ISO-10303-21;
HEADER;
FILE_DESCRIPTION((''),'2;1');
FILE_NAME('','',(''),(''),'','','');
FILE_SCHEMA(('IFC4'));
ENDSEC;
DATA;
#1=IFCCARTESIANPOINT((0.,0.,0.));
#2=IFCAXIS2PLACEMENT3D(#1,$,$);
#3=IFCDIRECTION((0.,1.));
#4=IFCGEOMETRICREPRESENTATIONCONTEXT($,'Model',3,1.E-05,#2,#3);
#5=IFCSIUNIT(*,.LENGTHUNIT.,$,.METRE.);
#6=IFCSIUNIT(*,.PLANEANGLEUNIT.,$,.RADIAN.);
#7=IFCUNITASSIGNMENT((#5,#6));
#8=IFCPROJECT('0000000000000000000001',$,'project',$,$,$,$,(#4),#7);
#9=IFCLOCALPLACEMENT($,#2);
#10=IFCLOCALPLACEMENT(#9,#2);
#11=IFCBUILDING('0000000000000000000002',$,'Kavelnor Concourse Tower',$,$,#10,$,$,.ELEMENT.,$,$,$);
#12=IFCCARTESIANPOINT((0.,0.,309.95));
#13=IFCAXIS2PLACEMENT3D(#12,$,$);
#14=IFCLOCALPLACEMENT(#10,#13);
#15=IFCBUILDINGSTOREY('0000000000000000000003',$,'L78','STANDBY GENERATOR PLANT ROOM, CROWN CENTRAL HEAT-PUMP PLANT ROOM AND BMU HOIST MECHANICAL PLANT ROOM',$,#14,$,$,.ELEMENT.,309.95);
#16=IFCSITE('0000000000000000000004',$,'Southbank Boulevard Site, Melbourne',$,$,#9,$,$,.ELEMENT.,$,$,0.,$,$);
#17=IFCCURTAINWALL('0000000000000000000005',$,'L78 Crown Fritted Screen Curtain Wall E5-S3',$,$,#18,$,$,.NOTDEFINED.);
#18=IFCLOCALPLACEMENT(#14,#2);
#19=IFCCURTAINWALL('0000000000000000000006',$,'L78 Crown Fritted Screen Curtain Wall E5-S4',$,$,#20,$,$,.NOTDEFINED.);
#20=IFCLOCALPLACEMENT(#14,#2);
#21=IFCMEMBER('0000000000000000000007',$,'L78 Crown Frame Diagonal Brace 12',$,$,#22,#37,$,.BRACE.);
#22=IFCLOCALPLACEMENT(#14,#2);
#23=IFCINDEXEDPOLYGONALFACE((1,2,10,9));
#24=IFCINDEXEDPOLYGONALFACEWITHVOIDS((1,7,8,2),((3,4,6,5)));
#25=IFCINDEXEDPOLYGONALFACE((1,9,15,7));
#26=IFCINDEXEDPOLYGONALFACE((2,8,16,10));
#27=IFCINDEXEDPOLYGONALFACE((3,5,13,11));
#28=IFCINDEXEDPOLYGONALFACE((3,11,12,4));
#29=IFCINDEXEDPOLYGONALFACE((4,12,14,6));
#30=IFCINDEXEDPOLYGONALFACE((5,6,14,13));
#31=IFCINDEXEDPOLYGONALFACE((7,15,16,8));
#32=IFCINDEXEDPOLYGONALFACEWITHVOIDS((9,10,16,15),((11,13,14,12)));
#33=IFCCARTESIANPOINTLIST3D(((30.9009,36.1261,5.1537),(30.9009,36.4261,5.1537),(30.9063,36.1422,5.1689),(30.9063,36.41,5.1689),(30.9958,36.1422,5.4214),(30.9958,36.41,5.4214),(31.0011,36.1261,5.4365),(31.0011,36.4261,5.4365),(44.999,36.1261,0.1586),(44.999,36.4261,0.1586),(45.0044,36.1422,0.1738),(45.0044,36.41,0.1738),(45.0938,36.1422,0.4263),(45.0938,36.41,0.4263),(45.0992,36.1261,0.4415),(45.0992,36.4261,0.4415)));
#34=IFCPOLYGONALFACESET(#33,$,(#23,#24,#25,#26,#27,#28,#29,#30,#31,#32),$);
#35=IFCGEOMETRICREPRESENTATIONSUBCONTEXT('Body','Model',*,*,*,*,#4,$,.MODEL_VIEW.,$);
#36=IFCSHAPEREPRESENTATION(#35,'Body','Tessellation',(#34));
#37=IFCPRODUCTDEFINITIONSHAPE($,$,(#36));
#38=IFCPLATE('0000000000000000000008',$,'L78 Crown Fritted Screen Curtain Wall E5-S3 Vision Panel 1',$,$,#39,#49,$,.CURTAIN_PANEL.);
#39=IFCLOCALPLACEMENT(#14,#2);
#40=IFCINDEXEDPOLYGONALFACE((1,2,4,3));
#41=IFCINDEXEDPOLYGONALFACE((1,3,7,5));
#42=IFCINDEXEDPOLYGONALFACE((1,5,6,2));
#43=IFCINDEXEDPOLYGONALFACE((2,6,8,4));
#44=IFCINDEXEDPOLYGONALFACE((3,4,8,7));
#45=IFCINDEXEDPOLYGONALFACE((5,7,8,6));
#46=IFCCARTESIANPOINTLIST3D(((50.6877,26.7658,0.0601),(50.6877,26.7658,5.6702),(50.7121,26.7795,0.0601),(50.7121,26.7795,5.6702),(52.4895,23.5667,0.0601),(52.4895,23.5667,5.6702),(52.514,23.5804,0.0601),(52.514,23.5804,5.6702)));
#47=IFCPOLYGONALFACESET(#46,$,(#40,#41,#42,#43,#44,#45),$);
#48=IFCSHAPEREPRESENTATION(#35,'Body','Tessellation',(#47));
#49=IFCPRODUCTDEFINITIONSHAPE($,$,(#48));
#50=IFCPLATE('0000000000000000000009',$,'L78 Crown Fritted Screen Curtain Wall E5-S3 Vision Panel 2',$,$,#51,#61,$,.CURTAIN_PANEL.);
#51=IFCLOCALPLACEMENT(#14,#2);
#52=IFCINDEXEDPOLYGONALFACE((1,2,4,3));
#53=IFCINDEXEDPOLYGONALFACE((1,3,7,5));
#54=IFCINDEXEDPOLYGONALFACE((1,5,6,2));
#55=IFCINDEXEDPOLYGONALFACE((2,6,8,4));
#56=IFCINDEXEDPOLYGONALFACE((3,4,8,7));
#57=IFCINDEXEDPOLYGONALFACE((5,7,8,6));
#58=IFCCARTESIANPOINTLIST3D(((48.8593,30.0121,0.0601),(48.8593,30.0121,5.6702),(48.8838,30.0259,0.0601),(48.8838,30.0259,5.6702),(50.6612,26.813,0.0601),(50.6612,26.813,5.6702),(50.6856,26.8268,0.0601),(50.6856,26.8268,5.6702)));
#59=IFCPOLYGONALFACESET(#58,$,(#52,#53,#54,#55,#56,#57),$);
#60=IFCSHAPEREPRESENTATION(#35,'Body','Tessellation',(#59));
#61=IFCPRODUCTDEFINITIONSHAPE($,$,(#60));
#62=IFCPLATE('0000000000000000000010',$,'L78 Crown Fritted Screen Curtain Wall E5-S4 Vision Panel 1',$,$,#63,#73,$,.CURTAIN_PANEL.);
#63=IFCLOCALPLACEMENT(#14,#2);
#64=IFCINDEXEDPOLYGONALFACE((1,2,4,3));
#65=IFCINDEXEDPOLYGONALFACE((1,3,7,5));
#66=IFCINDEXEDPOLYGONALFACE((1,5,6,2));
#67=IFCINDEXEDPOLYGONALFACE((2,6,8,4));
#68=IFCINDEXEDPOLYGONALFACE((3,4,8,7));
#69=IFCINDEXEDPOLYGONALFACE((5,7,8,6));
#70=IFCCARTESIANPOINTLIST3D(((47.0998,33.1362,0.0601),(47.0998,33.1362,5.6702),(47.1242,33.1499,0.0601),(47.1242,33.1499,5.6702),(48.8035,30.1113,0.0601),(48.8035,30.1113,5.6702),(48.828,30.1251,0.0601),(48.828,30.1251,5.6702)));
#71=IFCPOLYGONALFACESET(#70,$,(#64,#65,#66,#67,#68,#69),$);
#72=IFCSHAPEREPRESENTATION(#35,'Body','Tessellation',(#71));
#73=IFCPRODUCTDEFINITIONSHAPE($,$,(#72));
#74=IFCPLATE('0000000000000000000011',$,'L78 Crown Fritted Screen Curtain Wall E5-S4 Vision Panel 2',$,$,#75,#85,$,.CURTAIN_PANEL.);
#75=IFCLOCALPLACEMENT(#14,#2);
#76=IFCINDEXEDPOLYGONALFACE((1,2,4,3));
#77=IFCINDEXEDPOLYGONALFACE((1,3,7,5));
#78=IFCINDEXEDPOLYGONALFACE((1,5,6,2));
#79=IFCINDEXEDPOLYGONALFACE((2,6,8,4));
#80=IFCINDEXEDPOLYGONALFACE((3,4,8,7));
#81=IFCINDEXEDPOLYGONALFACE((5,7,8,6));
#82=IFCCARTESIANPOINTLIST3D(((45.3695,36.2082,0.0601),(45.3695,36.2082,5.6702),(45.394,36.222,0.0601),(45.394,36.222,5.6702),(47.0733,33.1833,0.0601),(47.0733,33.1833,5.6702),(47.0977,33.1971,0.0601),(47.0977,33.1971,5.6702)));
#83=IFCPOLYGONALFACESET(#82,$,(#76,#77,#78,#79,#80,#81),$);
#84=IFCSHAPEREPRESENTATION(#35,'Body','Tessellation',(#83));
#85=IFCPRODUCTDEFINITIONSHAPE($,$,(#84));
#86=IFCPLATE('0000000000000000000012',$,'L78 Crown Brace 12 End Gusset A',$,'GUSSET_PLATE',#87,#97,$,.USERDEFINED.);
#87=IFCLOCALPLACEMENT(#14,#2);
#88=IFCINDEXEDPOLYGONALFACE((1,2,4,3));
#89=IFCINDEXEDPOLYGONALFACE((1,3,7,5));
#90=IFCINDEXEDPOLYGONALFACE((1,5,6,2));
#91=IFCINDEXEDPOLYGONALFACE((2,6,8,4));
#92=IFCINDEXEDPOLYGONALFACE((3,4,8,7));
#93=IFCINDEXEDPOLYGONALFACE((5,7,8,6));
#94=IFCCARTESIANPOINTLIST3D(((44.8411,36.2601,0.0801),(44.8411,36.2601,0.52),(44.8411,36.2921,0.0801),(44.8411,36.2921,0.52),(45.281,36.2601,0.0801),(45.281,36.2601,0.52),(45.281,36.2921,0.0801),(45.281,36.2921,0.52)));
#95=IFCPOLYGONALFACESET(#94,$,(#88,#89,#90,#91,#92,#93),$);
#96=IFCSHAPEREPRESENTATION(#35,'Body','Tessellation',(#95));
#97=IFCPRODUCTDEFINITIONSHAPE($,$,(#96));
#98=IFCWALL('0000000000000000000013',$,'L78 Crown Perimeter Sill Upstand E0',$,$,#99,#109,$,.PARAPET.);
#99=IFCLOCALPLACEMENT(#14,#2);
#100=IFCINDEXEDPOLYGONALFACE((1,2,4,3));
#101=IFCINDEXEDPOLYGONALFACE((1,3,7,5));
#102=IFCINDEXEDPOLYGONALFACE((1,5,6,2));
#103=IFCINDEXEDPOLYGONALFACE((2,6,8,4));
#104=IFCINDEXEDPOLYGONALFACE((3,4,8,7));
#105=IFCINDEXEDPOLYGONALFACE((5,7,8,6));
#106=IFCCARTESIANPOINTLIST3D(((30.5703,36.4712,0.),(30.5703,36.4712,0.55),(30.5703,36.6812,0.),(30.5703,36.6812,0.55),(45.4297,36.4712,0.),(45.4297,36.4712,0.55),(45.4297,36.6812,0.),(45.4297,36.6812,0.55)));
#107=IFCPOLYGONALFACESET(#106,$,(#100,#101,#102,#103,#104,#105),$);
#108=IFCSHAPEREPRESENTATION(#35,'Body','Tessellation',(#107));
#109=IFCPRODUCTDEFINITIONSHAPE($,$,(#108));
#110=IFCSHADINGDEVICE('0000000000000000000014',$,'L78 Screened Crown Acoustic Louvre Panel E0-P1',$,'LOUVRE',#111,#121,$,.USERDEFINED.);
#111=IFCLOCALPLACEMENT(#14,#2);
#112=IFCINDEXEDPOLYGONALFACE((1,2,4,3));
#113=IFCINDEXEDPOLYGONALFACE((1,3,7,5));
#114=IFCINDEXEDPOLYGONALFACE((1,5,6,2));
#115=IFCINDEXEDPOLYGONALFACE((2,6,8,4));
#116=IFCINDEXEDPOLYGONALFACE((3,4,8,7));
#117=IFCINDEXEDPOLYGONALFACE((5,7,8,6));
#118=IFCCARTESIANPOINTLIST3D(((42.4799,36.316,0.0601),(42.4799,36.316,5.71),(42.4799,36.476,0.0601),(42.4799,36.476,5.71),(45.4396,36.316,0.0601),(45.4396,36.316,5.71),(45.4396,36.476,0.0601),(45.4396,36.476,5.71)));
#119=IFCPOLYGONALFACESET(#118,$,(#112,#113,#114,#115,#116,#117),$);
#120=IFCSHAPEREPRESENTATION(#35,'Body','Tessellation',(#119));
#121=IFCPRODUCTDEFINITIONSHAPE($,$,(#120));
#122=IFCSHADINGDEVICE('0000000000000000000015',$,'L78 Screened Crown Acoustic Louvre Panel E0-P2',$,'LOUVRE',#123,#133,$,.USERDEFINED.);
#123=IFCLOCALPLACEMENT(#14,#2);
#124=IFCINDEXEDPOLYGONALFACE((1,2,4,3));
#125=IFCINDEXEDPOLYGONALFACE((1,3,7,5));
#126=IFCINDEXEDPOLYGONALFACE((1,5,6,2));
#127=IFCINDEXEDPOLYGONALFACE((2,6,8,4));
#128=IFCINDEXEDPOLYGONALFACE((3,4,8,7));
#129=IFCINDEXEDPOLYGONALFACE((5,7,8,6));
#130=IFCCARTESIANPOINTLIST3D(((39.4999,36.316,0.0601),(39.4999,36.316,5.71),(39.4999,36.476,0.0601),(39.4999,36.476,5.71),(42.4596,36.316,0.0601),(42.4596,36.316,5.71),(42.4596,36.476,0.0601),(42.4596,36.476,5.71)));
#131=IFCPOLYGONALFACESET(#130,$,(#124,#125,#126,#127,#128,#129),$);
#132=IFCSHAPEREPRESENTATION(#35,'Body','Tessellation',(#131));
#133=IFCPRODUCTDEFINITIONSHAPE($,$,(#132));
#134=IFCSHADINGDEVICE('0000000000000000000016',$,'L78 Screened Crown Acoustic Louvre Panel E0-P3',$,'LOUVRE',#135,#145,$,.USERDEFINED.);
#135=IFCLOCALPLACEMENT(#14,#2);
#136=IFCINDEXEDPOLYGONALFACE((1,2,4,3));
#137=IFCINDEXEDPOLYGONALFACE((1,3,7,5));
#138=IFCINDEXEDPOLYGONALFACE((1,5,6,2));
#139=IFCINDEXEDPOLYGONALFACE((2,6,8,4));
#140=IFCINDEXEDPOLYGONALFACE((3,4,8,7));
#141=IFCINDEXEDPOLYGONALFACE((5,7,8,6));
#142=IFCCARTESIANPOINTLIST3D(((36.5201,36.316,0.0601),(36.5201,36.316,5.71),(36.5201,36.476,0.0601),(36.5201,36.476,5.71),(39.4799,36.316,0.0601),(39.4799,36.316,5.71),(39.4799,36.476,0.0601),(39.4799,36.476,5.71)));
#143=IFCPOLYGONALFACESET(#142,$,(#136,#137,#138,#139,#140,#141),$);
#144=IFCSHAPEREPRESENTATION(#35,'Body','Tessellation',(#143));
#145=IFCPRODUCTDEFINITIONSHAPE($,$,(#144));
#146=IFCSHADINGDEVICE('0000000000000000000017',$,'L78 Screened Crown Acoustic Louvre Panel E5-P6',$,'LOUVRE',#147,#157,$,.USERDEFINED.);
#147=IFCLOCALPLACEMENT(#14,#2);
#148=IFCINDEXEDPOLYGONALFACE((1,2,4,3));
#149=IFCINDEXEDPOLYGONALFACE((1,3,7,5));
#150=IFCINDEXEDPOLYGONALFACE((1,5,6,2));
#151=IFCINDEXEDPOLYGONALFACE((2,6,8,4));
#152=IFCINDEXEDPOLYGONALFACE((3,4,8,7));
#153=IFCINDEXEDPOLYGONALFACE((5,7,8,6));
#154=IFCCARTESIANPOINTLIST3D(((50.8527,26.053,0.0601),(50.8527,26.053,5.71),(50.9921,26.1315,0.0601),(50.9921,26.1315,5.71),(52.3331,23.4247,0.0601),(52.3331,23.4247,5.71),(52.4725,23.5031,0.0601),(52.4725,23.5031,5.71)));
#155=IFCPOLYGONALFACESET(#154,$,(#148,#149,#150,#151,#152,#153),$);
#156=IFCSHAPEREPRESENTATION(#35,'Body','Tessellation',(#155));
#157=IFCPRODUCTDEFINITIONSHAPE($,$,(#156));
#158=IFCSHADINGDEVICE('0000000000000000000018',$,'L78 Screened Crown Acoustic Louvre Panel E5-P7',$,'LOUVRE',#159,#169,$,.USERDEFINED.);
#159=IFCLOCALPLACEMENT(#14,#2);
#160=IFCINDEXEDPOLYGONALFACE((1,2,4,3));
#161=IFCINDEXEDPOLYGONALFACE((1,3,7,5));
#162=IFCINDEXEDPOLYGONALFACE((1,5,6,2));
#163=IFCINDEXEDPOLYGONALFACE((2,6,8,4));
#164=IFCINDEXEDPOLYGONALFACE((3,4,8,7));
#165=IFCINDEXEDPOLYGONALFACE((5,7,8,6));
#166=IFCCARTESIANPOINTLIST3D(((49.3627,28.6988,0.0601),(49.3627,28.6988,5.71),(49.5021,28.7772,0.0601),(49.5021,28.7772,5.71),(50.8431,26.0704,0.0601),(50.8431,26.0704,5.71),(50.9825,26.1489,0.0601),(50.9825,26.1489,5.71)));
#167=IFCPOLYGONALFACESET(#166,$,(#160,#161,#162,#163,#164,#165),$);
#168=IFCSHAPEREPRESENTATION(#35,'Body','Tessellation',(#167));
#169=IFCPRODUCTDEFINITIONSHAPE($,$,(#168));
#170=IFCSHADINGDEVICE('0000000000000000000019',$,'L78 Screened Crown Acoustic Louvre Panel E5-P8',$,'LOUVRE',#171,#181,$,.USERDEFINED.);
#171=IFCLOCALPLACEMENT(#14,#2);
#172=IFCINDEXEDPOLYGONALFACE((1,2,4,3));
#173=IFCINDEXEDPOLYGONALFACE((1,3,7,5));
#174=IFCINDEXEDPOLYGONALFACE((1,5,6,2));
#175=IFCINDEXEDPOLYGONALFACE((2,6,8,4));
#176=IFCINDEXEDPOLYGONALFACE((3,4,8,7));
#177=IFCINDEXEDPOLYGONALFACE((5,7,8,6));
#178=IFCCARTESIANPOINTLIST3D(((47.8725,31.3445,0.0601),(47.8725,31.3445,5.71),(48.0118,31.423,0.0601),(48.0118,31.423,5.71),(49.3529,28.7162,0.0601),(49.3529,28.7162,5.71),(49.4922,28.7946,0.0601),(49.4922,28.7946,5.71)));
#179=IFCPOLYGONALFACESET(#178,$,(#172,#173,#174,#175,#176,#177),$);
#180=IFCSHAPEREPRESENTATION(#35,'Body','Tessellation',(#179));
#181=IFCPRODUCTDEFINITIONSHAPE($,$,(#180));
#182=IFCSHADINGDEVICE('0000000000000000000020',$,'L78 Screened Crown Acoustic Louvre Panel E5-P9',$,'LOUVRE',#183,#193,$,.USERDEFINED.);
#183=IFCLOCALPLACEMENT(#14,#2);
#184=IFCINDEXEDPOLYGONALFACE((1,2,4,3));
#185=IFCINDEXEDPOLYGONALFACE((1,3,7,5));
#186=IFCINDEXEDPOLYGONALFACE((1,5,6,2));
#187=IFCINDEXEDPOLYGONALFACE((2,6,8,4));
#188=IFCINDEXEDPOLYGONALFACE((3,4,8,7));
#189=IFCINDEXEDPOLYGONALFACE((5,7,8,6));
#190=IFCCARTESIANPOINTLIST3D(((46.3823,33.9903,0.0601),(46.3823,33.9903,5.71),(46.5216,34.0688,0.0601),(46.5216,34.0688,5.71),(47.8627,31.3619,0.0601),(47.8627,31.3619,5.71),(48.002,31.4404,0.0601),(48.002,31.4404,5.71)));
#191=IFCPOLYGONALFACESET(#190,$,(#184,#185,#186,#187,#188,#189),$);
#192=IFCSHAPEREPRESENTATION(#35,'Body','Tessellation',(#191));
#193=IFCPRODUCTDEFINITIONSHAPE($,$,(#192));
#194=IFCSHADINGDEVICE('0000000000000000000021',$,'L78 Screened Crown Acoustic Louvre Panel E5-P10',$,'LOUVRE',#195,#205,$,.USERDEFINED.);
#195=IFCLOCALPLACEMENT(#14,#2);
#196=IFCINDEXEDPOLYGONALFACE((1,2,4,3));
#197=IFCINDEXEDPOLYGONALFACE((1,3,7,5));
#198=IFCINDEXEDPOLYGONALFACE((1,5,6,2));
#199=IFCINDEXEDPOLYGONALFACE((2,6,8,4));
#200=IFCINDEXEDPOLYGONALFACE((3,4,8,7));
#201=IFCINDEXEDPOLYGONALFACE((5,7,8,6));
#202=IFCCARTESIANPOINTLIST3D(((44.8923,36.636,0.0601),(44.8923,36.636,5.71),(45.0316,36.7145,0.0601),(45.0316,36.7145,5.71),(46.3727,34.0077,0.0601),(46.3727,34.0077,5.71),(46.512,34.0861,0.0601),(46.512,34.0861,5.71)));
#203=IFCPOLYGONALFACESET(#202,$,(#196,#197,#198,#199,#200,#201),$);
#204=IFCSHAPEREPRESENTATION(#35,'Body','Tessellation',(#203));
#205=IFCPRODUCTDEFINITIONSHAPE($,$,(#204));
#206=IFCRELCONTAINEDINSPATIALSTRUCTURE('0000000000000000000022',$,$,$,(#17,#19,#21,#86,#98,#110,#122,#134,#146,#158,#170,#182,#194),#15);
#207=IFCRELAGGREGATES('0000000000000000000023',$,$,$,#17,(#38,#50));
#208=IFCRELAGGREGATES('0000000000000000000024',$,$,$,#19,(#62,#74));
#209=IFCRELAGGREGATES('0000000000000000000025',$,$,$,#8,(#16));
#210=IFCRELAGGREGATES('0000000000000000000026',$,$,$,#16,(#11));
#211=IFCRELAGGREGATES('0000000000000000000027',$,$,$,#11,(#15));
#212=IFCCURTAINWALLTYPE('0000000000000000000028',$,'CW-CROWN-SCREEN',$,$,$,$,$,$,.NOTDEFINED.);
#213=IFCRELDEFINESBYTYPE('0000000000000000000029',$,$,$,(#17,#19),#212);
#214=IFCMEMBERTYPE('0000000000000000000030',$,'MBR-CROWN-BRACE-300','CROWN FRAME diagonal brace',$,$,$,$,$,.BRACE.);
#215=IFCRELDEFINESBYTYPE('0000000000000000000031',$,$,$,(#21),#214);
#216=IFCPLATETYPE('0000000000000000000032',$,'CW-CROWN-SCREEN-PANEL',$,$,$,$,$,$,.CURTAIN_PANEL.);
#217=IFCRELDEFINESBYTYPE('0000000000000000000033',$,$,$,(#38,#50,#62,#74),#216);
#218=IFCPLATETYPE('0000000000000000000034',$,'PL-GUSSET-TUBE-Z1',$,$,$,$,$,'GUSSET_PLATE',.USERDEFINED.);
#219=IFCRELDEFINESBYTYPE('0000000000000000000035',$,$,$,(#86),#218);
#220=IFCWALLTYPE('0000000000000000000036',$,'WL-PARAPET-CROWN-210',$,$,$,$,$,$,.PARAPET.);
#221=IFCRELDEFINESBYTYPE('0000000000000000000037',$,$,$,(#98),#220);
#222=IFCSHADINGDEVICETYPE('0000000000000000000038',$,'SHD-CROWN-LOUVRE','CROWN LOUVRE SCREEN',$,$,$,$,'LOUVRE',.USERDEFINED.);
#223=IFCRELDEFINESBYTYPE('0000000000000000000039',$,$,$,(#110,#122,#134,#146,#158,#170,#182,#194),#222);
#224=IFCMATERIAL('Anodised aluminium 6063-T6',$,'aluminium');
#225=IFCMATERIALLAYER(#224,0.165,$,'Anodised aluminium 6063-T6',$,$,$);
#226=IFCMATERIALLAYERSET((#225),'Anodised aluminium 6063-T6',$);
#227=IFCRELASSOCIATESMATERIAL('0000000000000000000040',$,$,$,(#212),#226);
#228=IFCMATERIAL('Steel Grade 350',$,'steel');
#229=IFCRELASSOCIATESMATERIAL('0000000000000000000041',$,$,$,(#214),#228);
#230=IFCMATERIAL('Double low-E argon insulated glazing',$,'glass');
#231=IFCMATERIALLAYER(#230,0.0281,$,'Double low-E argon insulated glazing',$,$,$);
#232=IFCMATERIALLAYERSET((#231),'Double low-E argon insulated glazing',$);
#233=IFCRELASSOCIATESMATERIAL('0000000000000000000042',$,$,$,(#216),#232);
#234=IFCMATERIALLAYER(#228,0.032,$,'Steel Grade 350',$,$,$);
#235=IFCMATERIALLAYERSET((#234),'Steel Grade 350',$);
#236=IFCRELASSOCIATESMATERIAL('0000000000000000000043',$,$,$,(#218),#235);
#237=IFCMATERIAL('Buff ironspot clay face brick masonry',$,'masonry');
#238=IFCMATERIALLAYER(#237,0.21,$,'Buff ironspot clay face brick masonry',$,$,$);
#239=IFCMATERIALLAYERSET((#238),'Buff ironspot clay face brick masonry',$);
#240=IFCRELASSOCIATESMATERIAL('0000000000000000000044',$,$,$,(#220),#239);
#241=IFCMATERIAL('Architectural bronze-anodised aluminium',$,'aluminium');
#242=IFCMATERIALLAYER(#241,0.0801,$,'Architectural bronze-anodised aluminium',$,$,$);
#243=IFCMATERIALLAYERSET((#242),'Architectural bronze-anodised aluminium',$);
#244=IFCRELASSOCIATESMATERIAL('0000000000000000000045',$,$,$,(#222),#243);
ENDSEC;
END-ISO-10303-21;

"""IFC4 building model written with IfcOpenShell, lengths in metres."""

from ifc_helpers import new_model, si_unit, direction, frame, frame_2d, origin, origin_2d, place, context, subcontext, project, spatial, rectangle, hollow_rectangle, extrude, material, layer, layer_set, material_profile, profile_set, type_object, element, aggregate, save


model = new_model("IFC4")

# Units and contexts
model_context = context("Model", 3, precision=1e-05, world=origin(), true_north=direction((0.0, 1.0)))
body_context = subcontext(model_context, "Body", "Model", "MODEL_VIEW")
ifc_project = project(units=[si_unit("LENGTHUNIT", "METRE"), si_unit("PLANEANGLEUNIT", "RADIAN")], contexts=[model_context])

# Site, building, storey
site_placement = place(None, origin())
site = spatial("IfcSite", under=ifc_project, at=site_placement, Name="Southbank Boulevard Site, Melbourne", CompositionType="ELEMENT", RefElevation=0.0)
building_placement = place(site_placement, origin())
building = spatial("IfcBuilding", under=site, at=building_placement, Name="Kavelnor Concourse Tower", CompositionType="ELEMENT")
storey_placement = place(building_placement, frame((0.0, 0.0, 309.95)))
storey = spatial("IfcBuildingStorey", under=building, at=storey_placement, Name="L78", Description="STANDBY GENERATOR PLANT ROOM, CROWN CENTRAL HEAT-PUMP PLANT ROOM AND BMU HOIST MECHANICAL PLANT ROOM", CompositionType="ELEMENT", Elevation=309.95)

# Shared definitions
ifc_material_1 = material(Name="Steel Grade 350", Category="steel")

# Curtain walls
ifc_material_2 = material(Name="Anodised aluminium 6063-T6", Category="aluminium")
ifc_layer_1 = layer(ifc_material_2, 0.165, Name="Anodised aluminium 6063-T6")
ifc_layer_set_1 = layer_set([ifc_layer_1], Name="Anodised aluminium 6063-T6")
curtain_wall_type = type_object("IfcCurtainWallType", Name="CW-CROWN-SCREEN", PredefinedType="NOTDEFINED", material=ifc_layer_set_1)
curtain_wall_1_placement = place(storey_placement, origin())
curtain_wall_1 = element("IfcCurtainWall", 1, at=curtain_wall_1_placement, inside=storey, type_object=curtain_wall_type, Name="L78 Crown Fritted Screen Curtain Wall E5-S3", PredefinedType="NOTDEFINED")
curtain_wall_2_placement = place(storey_placement, origin())
curtain_wall_2 = element("IfcCurtainWall", 2, at=curtain_wall_2_placement, inside=storey, type_object=curtain_wall_type, Name="L78 Crown Fritted Screen Curtain Wall E5-S4", PredefinedType="NOTDEFINED")

# Member
ifc_material_profile_1 = material_profile(ifc_material_1, hollow_rectangle(XDim=0.3, YDim=0.3, WallThickness=0.0161, at=origin_2d()), Name="SHS 300x300x16")
ifc_profile_set_1 = profile_set([ifc_material_profile_1], Name="Steel Grade 350")
member_type_1 = type_object("IfcMemberType", Name="MBR-CROWN-BRACE-300", Description="CROWN FRAME diagonal brace", PredefinedType="BRACE", material=ifc_profile_set_1)
member_1_placement = place(storey_placement, frame((45.0491, 36.2761, 0.3), z_axis=(-0.942585, 0.0, 0.333967), x_axis=(0.0, -1.0, 0.0)))
element("IfcMember", 3, at=member_1_placement, inside=storey, type_object=member_type_1, Name="L78 Crown Frame Diagonal Brace 12", PredefinedType="BRACE", context=body_context, shape_type="SweptSolid", body=[
    extrude(hollow_rectangle(XDim=0.3, YDim=0.3, WallThickness=0.0161, at=origin_2d()), origin(), (0.0, 0.0, 1.0), 14.9568),
])

# Plates
ifc_material_3 = material(Name="Double low-E argon insulated glazing", Category="glass")
ifc_layer_2 = layer(ifc_material_3, 0.0281, Name="Double low-E argon insulated glazing")
ifc_layer_set_2 = layer_set([ifc_layer_2], Name="Double low-E argon insulated glazing")
plate_type_1 = type_object("IfcPlateType", Name="CW-CROWN-SCREEN-PANEL", PredefinedType="CURTAIN_PANEL", material=ifc_layer_set_2)
plate_1_placement = place(storey_placement, frame((51.6008, 25.1731, 0.0601), z_axis=(0.0, 0.0, 1.0), x_axis=(-0.490752, 0.871299, 0.0)))
plate_1 = element("IfcPlate", 4, at=plate_1_placement, type_object=plate_type_1, Name="L78 Crown Fritted Screen Curtain Wall E5-S3 Vision Panel 1", PredefinedType="CURTAIN_PANEL", context=body_context, shape_type="SweptSolid", body=[
    extrude(rectangle(XDim=3.6716, YDim=0.0281, at=origin_2d()), origin(), (0.0, 0.0, 1.0), 5.6101),
])
plate_2_placement = place(storey_placement, frame((49.7725, 28.4194, 0.0601), z_axis=(0.0, 0.0, 1.0), x_axis=(-0.490752, 0.871299, 0.0)))
plate_2 = element("IfcPlate", 5, at=plate_2_placement, type_object=plate_type_1, Name="L78 Crown Fritted Screen Curtain Wall E5-S3 Vision Panel 2", PredefinedType="CURTAIN_PANEL", context=body_context, shape_type="SweptSolid", body=[
    extrude(rectangle(XDim=3.6716, YDim=0.0281, at=origin_2d()), origin(), (0.0, 0.0, 1.0), 5.6101),
])
aggregate(curtain_wall_1, [plate_1, plate_2])
plate_3_placement = place(storey_placement, frame((47.9639, 31.6306, 0.0601), z_axis=(0.0, 0.0, 1.0), x_axis=(-0.490752, 0.871299, 0.0)))
plate_3 = element("IfcPlate", 6, at=plate_3_placement, type_object=plate_type_1, Name="L78 Crown Fritted Screen Curtain Wall E5-S4 Vision Panel 1", PredefinedType="CURTAIN_PANEL", context=body_context, shape_type="SweptSolid", body=[
    extrude(rectangle(XDim=3.4717, YDim=0.0281, at=origin_2d()), origin(), (0.0, 0.0, 1.0), 5.6101),
])
plate_4_placement = place(storey_placement, frame((46.2336, 34.7026, 0.0601), z_axis=(0.0, 0.0, 1.0), x_axis=(-0.490752, 0.871299, 0.0)))
plate_4 = element("IfcPlate", 7, at=plate_4_placement, type_object=plate_type_1, Name="L78 Crown Fritted Screen Curtain Wall E5-S4 Vision Panel 2", PredefinedType="CURTAIN_PANEL", context=body_context, shape_type="SweptSolid", body=[
    extrude(rectangle(XDim=3.4717, YDim=0.0281, at=origin_2d()), origin(), (0.0, 0.0, 1.0), 5.6101),
])
aggregate(curtain_wall_2, [plate_3, plate_4])
ifc_layer_3 = layer(ifc_material_1, 0.032, Name="Steel Grade 350")
ifc_layer_set_3 = layer_set([ifc_layer_3], Name="Steel Grade 350")
plate_type_2 = type_object("IfcPlateType", Name="PL-GUSSET-TUBE-Z1", ElementType="GUSSET_PLATE", PredefinedType="USERDEFINED", material=ifc_layer_set_3)
plate_5_placement = place(storey_placement, frame((45.061, 36.2761, 0.0801), z_axis=(0.0, 0.0, 1.0), x_axis=(-1.0, 0.0, 0.0)))
element("IfcPlate", 8, at=plate_5_placement, inside=storey, type_object=plate_type_2, Name="L78 Crown Brace 12 End Gusset A", ObjectType="GUSSET_PLATE", PredefinedType="USERDEFINED", context=body_context, shape_type="SweptSolid", body=[
    extrude(rectangle(XDim=0.4399, YDim=0.032, at=origin_2d()), origin(), (0.0, 0.0, 1.0), 0.4399),
])

# Wall
ifc_material_4 = material(Name="Buff ironspot clay face brick masonry", Category="masonry")
ifc_layer_4 = layer(ifc_material_4, 0.21, Name="Buff ironspot clay face brick masonry")
ifc_layer_set_4 = layer_set([ifc_layer_4], Name="Buff ironspot clay face brick masonry")
wall_type = type_object("IfcWallType", Name="WL-PARAPET-CROWN-210", PredefinedType="PARAPET", material=ifc_layer_set_4)
wall_placement = place(storey_placement, frame((45.4297, 36.5762, 0.0), z_axis=(0.0, 0.0, 1.0), x_axis=(-1.0, 0.0, 0.0)))
element("IfcWall", 9, at=wall_placement, inside=storey, type_object=wall_type, Name="L78 Crown Perimeter Sill Upstand E0", PredefinedType="PARAPET", context=body_context, shape_type="SweptSolid", body=[
    extrude(rectangle(XDim=14.8594, YDim=0.21, at=frame_2d((7.4297, 0.0))), origin(), (0.0, 0.0, 1.0), 0.55),
])

# Shading devices
ifc_material_5 = material(Name="Architectural bronze-anodised aluminium", Category="aluminium")
ifc_layer_5 = layer(ifc_material_5, 0.0801, Name="Architectural bronze-anodised aluminium")
ifc_layer_set_5 = layer_set([ifc_layer_5], Name="Architectural bronze-anodised aluminium")
shading_device_type = type_object("IfcShadingDeviceType", Name="SHD-CROWN-LOUVRE", Description="CROWN LOUVRE SCREEN", ElementType="LOUVRE", PredefinedType="USERDEFINED", material=ifc_layer_set_5)
for number, where, z_axis, x_axis, name in (
    (10, (43.9597, 36.396, 0.0601), (0.0, 0.0, 1.0), (-1.0, 0.0, 0.0), "L78 Screened Crown Acoustic Louvre Panel E0-P1"),
    (11, (40.9797, 36.396, 0.0601), (0.0, 0.0, 1.0), (-1.0, 0.0, 0.0), "L78 Screened Crown Acoustic Louvre Panel E0-P2"),
    (12, (38.0, 36.396, 0.0601), (0.0, 0.0, 1.0), (-1.0, 0.0, 0.0), "L78 Screened Crown Acoustic Louvre Panel E0-P3"),
):
    element("IfcShadingDevice", number, at=place(storey_placement, frame(where, z_axis=z_axis, x_axis=x_axis)), inside=storey, type_object=shading_device_type, Name=name, ObjectType="LOUVRE", PredefinedType="USERDEFINED", context=body_context, shape_type="SweptSolid", body=[
        extrude(rectangle(XDim=2.9597, YDim=0.1599, at=origin_2d()), origin(), (0.0, 0.0, 1.0), 5.6499),
    ])
for number, where, z_axis, x_axis, name in (
    (13, (51.6626, 24.7781, 0.0601), (0.0, 0.0, 1.0), (-0.490752, 0.871299, 0.0), "L78 Screened Crown Acoustic Louvre Panel E5-P6"),
    (14, (50.1726, 27.4238, 0.0601), (0.0, 0.0, 1.0), (-0.490752, 0.871299, 0.0), "L78 Screened Crown Acoustic Louvre Panel E5-P7"),
    (15, (48.6824, 30.0696, 0.0601), (0.0, 0.0, 1.0), (-0.490752, 0.871299, 0.0), "L78 Screened Crown Acoustic Louvre Panel E5-P8"),
    (16, (47.1921, 32.7153, 0.0601), (0.0, 0.0, 1.0), (-0.490752, 0.871299, 0.0), "L78 Screened Crown Acoustic Louvre Panel E5-P9"),
    (17, (45.7021, 35.3611, 0.0601), (0.0, 0.0, 1.0), (-0.490752, 0.871299, 0.0), "L78 Screened Crown Acoustic Louvre Panel E5-P10"),
):
    element("IfcShadingDevice", number, at=place(storey_placement, frame(where, z_axis=z_axis, x_axis=x_axis)), inside=storey, type_object=shading_device_type, Name=name, ObjectType="LOUVRE", PredefinedType="USERDEFINED", context=body_context, shape_type="SweptSolid", body=[
        extrude(rectangle(XDim=3.0166, YDim=0.1599, at=origin_2d()), origin(), (0.0, 0.0, 1.0), 5.6499),
    ])

save(model, "model.ifc")
